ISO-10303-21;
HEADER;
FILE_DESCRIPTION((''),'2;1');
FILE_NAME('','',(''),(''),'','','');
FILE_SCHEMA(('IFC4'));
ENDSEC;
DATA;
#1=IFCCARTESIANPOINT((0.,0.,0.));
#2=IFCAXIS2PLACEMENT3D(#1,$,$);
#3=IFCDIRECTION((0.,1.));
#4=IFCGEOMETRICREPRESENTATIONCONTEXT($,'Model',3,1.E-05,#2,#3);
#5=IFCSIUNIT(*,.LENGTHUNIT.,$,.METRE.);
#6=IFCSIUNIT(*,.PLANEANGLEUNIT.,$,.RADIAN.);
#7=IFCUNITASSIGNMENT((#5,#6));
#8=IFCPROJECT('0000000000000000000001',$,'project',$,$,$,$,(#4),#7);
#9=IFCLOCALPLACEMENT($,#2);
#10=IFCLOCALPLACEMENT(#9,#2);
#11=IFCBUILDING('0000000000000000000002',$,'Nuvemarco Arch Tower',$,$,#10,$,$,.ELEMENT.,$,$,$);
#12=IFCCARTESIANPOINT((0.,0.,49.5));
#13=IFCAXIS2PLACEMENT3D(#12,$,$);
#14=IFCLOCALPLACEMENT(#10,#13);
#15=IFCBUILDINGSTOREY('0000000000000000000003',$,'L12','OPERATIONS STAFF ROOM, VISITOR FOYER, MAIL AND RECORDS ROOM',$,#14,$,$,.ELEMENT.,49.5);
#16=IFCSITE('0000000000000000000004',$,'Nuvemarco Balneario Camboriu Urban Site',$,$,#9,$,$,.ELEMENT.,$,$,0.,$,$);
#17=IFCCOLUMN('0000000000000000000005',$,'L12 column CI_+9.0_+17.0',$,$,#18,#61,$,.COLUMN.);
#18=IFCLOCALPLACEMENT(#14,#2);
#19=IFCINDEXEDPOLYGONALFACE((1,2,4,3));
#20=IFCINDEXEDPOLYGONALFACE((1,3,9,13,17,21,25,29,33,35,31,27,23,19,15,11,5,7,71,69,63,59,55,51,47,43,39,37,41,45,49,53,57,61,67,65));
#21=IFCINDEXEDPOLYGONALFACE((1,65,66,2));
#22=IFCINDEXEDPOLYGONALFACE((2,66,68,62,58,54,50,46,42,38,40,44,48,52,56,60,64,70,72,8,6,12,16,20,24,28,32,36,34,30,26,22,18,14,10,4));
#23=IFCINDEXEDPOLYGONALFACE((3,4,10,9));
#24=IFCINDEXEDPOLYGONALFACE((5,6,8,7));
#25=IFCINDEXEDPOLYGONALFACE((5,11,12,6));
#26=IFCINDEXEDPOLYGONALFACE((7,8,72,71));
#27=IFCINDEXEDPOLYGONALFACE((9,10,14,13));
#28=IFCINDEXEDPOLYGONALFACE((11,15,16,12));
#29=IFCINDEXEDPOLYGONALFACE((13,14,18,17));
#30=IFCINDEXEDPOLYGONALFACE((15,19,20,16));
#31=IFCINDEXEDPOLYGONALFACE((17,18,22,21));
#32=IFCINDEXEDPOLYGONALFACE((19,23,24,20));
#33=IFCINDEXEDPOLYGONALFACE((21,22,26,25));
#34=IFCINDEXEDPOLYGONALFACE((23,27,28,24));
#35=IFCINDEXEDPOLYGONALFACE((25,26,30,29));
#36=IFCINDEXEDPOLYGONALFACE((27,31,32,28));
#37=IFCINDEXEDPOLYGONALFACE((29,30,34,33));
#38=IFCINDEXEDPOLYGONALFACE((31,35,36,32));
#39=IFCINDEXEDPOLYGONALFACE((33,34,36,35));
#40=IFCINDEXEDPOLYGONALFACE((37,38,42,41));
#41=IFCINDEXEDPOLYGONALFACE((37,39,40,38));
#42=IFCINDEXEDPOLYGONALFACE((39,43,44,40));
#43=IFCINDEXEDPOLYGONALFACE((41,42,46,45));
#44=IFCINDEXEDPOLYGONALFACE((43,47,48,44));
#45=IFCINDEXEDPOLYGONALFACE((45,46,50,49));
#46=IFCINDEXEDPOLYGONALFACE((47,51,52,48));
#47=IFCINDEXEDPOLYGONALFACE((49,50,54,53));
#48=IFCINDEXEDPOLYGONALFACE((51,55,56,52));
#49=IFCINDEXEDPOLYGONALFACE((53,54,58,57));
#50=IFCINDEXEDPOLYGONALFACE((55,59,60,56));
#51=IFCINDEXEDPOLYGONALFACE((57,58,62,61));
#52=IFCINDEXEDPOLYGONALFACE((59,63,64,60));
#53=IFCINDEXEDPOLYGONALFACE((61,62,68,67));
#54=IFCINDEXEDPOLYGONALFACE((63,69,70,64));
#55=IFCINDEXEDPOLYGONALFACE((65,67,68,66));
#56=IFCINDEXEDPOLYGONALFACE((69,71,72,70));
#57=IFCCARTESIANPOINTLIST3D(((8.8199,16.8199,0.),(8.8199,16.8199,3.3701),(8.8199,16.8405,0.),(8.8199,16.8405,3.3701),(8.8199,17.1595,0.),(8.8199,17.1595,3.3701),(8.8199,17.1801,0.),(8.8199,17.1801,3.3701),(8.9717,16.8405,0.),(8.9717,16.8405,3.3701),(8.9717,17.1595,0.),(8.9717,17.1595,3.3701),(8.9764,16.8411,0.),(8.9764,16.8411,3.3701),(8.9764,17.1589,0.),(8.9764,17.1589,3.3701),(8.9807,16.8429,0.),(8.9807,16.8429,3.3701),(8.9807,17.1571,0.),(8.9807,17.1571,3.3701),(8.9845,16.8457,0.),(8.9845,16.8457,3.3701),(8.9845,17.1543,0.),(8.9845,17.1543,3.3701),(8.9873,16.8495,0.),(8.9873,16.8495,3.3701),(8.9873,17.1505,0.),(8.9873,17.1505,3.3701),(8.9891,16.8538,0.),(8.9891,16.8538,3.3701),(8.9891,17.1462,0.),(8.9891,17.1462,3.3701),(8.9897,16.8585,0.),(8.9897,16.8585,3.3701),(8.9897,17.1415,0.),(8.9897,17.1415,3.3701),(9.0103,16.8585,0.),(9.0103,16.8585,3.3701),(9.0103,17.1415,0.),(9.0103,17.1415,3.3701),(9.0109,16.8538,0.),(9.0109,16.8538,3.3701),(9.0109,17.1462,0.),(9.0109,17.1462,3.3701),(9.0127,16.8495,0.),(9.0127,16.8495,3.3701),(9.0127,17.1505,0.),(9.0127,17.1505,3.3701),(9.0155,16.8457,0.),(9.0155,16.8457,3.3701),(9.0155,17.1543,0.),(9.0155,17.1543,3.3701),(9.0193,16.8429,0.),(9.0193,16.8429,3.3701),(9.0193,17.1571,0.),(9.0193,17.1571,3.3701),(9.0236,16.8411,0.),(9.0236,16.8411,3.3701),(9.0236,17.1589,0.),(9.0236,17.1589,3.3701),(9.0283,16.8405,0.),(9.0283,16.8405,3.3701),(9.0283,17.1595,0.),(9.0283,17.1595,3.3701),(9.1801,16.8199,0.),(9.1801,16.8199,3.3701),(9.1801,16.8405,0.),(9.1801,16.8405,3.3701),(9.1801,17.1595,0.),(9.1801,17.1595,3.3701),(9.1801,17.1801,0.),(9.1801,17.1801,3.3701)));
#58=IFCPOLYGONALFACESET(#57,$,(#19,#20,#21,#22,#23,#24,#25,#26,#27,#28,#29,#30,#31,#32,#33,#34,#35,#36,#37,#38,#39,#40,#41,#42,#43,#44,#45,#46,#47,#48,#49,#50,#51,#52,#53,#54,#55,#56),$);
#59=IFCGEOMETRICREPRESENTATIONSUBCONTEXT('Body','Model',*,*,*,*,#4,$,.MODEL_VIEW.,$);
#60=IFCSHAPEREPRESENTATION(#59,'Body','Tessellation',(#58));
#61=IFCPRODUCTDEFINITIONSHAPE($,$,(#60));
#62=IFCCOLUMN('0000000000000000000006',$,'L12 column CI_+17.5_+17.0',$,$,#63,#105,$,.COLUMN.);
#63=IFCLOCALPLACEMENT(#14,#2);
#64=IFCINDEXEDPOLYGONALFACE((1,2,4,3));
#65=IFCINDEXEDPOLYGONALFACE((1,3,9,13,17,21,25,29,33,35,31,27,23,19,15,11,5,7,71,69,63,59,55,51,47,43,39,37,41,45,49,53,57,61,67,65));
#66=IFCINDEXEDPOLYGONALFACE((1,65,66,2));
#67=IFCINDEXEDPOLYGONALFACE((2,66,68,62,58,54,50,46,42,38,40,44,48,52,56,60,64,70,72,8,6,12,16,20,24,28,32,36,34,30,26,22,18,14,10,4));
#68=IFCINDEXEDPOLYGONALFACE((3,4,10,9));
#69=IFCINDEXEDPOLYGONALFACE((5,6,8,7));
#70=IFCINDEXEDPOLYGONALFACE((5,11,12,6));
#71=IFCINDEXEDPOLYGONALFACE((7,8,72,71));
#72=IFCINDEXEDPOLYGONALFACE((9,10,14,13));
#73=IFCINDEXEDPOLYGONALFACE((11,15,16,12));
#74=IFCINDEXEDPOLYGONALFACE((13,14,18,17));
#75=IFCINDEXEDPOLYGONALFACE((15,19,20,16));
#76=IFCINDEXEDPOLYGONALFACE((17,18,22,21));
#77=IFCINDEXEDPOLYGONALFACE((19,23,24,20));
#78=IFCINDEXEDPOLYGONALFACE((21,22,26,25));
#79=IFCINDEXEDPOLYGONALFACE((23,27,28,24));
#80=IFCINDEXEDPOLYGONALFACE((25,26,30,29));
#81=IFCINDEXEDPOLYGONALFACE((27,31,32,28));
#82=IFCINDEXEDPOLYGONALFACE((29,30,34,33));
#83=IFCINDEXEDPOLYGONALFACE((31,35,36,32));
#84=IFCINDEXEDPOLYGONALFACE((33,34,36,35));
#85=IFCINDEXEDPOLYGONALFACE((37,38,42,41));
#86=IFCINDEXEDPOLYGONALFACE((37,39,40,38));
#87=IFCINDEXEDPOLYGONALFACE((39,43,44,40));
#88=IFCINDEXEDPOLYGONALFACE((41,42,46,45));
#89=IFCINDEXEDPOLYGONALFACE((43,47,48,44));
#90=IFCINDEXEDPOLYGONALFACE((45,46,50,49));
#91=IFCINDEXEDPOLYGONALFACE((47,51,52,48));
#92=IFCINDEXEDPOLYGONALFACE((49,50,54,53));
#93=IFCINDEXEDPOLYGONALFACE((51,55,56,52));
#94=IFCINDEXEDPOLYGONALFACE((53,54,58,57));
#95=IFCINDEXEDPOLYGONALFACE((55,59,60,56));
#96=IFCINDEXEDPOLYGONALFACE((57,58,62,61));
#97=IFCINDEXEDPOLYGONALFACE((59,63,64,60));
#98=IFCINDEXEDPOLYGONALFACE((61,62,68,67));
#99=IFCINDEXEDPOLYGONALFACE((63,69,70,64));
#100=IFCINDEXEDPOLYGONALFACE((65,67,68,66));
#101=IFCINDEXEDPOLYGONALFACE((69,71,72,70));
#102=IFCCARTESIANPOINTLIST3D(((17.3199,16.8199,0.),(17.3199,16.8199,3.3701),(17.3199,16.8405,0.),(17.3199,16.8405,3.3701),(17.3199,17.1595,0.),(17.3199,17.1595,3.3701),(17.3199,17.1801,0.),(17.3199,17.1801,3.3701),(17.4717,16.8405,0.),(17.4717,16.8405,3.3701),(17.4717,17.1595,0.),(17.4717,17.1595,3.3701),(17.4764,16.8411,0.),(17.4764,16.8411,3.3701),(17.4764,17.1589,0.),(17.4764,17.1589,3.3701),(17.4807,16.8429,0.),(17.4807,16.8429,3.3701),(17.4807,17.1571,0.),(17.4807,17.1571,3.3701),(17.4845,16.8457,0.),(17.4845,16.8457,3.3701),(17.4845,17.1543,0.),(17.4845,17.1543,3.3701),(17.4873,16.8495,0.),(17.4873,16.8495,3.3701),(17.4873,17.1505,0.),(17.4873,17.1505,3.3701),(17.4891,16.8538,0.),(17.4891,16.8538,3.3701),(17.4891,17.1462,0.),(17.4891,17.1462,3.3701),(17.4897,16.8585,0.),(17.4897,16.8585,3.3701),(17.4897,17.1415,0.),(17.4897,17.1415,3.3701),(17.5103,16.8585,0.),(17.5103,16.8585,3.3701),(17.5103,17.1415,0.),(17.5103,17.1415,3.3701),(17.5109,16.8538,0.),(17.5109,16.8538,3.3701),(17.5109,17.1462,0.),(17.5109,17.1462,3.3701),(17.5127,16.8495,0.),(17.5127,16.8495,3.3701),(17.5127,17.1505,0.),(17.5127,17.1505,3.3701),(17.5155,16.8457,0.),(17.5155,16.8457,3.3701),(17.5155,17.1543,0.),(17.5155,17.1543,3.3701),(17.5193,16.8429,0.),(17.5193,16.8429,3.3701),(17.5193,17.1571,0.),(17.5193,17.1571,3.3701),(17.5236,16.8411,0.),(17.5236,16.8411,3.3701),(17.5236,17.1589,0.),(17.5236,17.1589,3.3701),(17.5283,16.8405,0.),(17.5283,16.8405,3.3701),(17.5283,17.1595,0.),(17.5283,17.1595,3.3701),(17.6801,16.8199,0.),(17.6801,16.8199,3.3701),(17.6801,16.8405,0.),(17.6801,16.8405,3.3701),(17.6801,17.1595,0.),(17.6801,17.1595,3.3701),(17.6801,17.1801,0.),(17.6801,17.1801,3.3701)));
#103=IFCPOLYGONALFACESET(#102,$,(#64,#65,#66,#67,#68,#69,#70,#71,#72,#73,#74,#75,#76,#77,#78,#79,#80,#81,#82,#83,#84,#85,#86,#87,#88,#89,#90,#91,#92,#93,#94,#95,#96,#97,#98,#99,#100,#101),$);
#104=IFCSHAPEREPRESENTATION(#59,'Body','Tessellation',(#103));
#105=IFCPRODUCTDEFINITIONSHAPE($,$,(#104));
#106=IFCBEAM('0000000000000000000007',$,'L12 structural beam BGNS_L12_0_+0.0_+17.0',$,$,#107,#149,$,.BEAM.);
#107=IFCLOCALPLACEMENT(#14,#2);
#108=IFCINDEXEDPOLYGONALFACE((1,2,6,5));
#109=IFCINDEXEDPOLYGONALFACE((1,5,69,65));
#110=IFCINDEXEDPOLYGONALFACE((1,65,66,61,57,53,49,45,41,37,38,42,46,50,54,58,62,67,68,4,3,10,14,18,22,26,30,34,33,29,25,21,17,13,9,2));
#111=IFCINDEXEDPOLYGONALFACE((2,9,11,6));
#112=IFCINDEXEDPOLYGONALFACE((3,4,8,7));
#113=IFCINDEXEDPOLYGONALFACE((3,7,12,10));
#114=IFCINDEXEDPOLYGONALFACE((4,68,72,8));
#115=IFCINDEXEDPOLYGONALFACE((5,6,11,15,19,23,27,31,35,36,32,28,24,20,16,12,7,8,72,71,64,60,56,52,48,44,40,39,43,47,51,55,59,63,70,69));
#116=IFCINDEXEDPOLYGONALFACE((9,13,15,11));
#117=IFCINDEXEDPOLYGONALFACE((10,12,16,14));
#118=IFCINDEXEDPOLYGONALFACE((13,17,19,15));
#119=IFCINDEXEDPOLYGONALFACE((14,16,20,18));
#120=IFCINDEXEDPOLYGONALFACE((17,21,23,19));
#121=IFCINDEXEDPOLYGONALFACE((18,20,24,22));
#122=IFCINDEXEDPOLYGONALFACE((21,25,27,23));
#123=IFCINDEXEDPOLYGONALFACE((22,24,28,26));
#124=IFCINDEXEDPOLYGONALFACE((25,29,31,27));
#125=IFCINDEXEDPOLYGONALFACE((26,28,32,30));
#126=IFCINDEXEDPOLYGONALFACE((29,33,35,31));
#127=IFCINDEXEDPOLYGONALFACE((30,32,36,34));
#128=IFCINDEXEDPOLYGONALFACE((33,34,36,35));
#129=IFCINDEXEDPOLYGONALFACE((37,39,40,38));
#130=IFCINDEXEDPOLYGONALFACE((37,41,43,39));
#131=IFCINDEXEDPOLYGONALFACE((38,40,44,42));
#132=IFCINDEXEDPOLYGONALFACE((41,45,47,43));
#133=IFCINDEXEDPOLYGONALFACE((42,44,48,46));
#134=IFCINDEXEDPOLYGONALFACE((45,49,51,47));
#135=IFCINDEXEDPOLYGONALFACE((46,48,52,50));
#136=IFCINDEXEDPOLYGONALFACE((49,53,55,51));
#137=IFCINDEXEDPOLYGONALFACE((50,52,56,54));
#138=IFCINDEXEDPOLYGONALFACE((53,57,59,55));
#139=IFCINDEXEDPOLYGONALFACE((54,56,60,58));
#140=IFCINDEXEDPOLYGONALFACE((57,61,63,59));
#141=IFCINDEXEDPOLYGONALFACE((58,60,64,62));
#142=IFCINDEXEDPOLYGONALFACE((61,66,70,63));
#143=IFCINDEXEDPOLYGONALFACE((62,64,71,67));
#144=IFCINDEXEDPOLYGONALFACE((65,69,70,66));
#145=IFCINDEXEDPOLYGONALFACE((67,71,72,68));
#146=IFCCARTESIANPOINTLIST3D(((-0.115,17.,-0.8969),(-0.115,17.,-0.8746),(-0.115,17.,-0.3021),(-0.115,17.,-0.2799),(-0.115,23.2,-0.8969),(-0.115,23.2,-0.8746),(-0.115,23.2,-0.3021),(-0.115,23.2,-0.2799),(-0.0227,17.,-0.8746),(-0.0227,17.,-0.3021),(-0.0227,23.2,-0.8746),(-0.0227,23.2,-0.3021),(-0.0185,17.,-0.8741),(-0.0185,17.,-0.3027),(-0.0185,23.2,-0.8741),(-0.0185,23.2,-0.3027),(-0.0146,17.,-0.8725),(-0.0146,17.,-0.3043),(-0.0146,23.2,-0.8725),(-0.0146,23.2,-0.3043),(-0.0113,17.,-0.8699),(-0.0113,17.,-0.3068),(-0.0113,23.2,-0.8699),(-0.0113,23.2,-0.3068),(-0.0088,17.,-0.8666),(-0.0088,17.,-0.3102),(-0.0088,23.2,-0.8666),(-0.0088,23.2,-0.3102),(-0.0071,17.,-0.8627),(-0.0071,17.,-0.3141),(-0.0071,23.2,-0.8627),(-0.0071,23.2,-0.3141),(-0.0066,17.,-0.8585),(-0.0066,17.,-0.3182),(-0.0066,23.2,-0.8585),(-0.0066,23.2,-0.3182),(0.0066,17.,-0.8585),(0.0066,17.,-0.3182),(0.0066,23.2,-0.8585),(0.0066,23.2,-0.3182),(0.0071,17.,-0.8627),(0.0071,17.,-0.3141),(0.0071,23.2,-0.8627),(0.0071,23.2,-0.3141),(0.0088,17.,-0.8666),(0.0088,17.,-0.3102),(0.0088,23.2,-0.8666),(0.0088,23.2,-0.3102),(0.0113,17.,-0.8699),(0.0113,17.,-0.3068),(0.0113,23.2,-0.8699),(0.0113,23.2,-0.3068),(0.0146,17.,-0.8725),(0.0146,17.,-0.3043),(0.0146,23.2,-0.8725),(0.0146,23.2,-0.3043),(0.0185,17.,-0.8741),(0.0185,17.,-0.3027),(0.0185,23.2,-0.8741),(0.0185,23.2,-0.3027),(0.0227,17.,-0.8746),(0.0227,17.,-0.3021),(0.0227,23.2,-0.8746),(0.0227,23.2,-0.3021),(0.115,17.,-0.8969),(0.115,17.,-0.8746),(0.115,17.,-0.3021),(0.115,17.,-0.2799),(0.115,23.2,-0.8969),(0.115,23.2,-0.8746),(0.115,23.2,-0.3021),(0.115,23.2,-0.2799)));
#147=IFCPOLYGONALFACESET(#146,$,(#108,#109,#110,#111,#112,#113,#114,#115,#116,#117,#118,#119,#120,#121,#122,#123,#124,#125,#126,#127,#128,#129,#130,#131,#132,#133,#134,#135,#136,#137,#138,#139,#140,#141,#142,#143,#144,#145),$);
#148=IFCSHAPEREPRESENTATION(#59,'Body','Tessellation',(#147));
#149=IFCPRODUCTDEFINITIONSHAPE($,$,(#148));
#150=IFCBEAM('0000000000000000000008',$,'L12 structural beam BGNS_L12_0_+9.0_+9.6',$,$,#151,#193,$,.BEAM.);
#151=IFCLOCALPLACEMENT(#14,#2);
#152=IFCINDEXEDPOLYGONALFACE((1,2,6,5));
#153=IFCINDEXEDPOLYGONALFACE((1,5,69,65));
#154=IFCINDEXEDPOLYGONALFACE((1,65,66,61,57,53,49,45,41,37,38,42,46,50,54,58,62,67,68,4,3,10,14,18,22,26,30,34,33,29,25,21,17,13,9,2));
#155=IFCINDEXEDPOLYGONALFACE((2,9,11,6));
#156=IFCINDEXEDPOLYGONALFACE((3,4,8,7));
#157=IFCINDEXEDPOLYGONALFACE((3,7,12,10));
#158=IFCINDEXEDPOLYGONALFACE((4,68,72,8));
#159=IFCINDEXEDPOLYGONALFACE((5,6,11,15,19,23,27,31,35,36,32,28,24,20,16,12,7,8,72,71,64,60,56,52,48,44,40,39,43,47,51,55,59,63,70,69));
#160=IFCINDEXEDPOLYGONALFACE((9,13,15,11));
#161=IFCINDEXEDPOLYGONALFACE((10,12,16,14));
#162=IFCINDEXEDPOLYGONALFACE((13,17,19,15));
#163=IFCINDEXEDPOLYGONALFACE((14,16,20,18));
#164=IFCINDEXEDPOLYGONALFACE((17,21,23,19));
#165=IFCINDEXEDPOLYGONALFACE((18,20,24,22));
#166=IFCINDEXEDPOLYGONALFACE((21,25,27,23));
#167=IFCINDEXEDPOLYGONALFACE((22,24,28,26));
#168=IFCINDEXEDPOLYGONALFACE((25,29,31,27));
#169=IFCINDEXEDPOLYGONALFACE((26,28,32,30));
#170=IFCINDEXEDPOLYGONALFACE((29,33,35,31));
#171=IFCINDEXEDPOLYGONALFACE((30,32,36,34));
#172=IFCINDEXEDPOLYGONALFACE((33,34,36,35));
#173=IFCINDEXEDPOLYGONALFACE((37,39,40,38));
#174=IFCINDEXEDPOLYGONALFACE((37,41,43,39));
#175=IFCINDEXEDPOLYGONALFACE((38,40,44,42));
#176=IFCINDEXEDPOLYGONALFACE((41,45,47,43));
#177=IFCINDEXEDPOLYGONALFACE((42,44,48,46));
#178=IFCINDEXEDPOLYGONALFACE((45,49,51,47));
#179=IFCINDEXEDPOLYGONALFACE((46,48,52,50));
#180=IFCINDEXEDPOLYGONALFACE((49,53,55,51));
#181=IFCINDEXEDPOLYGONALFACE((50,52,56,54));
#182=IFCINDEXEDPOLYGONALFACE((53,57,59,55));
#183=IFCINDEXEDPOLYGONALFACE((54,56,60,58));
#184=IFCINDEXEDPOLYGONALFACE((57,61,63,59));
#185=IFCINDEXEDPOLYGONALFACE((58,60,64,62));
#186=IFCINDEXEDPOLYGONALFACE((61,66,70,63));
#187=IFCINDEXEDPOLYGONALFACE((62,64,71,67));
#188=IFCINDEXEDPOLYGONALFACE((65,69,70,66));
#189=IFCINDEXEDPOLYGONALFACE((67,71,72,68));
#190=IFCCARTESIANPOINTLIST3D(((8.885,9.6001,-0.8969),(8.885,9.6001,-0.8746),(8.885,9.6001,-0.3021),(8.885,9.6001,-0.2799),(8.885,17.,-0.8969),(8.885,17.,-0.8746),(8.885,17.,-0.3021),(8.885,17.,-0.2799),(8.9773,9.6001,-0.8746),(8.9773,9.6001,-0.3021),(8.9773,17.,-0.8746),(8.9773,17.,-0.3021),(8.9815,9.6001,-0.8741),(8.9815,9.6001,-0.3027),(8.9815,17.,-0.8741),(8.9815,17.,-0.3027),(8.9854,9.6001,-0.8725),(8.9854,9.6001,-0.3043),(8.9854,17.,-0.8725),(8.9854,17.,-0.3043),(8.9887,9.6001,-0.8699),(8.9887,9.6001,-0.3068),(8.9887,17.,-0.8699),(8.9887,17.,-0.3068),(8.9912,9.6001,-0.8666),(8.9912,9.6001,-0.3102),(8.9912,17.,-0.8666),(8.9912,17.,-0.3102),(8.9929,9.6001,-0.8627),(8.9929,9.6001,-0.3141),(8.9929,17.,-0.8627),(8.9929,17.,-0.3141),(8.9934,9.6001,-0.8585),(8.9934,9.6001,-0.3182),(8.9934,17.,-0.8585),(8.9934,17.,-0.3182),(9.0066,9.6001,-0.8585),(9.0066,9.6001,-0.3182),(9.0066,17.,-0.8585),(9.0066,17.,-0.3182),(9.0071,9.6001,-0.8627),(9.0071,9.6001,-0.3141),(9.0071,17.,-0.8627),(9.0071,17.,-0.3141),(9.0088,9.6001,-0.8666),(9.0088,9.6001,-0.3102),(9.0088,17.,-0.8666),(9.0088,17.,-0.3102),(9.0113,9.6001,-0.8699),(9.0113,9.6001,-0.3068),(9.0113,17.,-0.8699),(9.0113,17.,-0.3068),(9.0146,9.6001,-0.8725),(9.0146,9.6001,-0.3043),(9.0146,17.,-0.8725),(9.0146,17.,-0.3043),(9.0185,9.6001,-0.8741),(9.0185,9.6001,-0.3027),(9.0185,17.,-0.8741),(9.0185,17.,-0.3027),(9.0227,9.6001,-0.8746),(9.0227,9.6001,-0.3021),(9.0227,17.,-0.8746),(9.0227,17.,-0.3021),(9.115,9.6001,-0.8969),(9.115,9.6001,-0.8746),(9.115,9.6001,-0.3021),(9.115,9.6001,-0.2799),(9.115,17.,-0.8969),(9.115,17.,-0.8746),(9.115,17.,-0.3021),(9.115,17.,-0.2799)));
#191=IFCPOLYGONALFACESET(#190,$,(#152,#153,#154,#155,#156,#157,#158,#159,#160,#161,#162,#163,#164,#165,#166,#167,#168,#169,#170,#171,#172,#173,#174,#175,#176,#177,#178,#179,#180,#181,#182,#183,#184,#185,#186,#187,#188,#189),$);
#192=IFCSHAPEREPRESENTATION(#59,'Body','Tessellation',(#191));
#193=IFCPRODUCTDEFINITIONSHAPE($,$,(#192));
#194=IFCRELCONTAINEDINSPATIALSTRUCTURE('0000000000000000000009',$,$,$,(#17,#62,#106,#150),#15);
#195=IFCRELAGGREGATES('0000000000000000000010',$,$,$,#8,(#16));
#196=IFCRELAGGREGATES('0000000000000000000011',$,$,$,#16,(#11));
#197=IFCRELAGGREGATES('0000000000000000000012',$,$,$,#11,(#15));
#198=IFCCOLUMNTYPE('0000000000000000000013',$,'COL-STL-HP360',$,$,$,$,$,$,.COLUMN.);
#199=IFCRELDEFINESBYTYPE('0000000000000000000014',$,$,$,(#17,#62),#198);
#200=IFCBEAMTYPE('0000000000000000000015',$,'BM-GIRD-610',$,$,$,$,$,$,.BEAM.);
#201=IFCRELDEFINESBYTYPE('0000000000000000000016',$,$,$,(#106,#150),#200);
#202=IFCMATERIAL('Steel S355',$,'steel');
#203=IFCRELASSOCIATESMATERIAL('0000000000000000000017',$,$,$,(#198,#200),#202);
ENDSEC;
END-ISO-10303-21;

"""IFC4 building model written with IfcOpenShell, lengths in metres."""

from ifc_helpers import new_model, si_unit, direction, frame, origin, origin_2d, place, context, subcontext, project, spatial, i_section, extrude, material, material_profile, profile_set, type_object, element, save


model = new_model("IFC4")

# Units and contexts
model_context = context("Model", 3, precision=1e-05, world=origin(), true_north=direction((0.0, 1.0)))
body_context = subcontext(model_context, "Body", "Model", "MODEL_VIEW")
ifc_project = project(units=[si_unit("LENGTHUNIT", "METRE"), si_unit("PLANEANGLEUNIT", "RADIAN")], contexts=[model_context])

# Site, building, storey
site_placement = place(None, origin())
site = spatial("IfcSite", under=ifc_project, at=site_placement, Name="Nuvemarco Balneario Camboriu Urban Site", CompositionType="ELEMENT", RefElevation=0.0)
building_placement = place(site_placement, origin())
building = spatial("IfcBuilding", under=site, at=building_placement, Name="Nuvemarco Arch Tower", CompositionType="ELEMENT")
storey_placement = place(building_placement, frame((0.0, 0.0, 49.5)))
storey = spatial("IfcBuildingStorey", under=building, at=storey_placement, Name="L12", Description="OPERATIONS STAFF ROOM, VISITOR FOYER, MAIL AND RECORDS ROOM", CompositionType="ELEMENT", Elevation=49.5)

# Columns
ifc_material_1 = material(Name="Steel S355", Category="steel")
ifc_material_profile_1 = material_profile(ifc_material_1, i_section(OverallWidth=0.3601, OverallDepth=0.3601, WebThickness=0.0205, FlangeThickness=0.0205, FilletRadius=0.0181, at=origin_2d()), Name="HP360x174")
ifc_profile_set_1 = profile_set([ifc_material_profile_1], Name="Steel S355")
column_type_1 = type_object("IfcColumnType", Name="COL-STL-HP360", PredefinedType="COLUMN", material=ifc_profile_set_1)
for number, where, z_axis, x_axis, name in (
    (1, (9.0, 17.0, 0.0), (0.0, 0.0, 1.0), (1.0, 0.0, 0.0), "L12 column CI_+9.0_+17.0"),
    (2, (17.5, 17.0, 0.0), (0.0, 0.0, 1.0), (1.0, 0.0, 0.0), "L12 column CI_+17.5_+17.0"),
):
    element("IfcColumn", number, at=place(storey_placement, frame(where, z_axis=z_axis, x_axis=x_axis)), inside=storey, type_object=column_type_1, Name=name, PredefinedType="COLUMN", context=body_context, shape_type="SweptSolid", body=[
        extrude(i_section(OverallWidth=0.3601, OverallDepth=0.3601, WebThickness=0.0205, FlangeThickness=0.0205, FilletRadius=0.0181, at=origin_2d()), origin(), (0.0, 0.0, 1.0), 3.3701),
    ])

# Beams
ifc_material_profile_2 = material_profile(ifc_material_1, i_section(OverallWidth=0.23, OverallDepth=0.6169, WebThickness=0.0132, FlangeThickness=0.0222, FilletRadius=0.0161, at=origin_2d()), Name="W610x140")
ifc_profile_set_2 = profile_set([ifc_material_profile_2], Name="Steel S355")
beam_type_1 = type_object("IfcBeamType", Name="BM-GIRD-610", PredefinedType="BEAM", material=ifc_profile_set_2)
beam_1_placement = place(storey_placement, frame((0.0, 17.0, -0.5884), z_axis=(0.0, 1.0, 0.0), x_axis=(-1.0, 0.0, 0.0)))
element("IfcBeam", 3, at=beam_1_placement, inside=storey, type_object=beam_type_1, Name="L12 structural beam BGNS_L12_0_+0.0_+17.0", PredefinedType="BEAM", context=body_context, shape_type="SweptSolid", body=[
    extrude(i_section(OverallWidth=0.23, OverallDepth=0.6169, WebThickness=0.0132, FlangeThickness=0.0222, FilletRadius=0.0161, at=origin_2d()), origin(), (0.0, 0.0, 1.0), 6.2),
])
beam_2_placement = place(storey_placement, frame((9.0, 9.6001, -0.5884), z_axis=(0.0, 1.0, 0.0), x_axis=(-1.0, 0.0, 0.0)))
element("IfcBeam", 4, at=beam_2_placement, inside=storey, type_object=beam_type_1, Name="L12 structural beam BGNS_L12_0_+9.0_+9.6", PredefinedType="BEAM", context=body_context, shape_type="SweptSolid", body=[
    extrude(i_section(OverallWidth=0.23, OverallDepth=0.6169, WebThickness=0.0132, FlangeThickness=0.0222, FilletRadius=0.0161, at=origin_2d()), origin(), (0.0, 0.0, 1.0), 7.3999),
])

save(model, "model.ifc")
